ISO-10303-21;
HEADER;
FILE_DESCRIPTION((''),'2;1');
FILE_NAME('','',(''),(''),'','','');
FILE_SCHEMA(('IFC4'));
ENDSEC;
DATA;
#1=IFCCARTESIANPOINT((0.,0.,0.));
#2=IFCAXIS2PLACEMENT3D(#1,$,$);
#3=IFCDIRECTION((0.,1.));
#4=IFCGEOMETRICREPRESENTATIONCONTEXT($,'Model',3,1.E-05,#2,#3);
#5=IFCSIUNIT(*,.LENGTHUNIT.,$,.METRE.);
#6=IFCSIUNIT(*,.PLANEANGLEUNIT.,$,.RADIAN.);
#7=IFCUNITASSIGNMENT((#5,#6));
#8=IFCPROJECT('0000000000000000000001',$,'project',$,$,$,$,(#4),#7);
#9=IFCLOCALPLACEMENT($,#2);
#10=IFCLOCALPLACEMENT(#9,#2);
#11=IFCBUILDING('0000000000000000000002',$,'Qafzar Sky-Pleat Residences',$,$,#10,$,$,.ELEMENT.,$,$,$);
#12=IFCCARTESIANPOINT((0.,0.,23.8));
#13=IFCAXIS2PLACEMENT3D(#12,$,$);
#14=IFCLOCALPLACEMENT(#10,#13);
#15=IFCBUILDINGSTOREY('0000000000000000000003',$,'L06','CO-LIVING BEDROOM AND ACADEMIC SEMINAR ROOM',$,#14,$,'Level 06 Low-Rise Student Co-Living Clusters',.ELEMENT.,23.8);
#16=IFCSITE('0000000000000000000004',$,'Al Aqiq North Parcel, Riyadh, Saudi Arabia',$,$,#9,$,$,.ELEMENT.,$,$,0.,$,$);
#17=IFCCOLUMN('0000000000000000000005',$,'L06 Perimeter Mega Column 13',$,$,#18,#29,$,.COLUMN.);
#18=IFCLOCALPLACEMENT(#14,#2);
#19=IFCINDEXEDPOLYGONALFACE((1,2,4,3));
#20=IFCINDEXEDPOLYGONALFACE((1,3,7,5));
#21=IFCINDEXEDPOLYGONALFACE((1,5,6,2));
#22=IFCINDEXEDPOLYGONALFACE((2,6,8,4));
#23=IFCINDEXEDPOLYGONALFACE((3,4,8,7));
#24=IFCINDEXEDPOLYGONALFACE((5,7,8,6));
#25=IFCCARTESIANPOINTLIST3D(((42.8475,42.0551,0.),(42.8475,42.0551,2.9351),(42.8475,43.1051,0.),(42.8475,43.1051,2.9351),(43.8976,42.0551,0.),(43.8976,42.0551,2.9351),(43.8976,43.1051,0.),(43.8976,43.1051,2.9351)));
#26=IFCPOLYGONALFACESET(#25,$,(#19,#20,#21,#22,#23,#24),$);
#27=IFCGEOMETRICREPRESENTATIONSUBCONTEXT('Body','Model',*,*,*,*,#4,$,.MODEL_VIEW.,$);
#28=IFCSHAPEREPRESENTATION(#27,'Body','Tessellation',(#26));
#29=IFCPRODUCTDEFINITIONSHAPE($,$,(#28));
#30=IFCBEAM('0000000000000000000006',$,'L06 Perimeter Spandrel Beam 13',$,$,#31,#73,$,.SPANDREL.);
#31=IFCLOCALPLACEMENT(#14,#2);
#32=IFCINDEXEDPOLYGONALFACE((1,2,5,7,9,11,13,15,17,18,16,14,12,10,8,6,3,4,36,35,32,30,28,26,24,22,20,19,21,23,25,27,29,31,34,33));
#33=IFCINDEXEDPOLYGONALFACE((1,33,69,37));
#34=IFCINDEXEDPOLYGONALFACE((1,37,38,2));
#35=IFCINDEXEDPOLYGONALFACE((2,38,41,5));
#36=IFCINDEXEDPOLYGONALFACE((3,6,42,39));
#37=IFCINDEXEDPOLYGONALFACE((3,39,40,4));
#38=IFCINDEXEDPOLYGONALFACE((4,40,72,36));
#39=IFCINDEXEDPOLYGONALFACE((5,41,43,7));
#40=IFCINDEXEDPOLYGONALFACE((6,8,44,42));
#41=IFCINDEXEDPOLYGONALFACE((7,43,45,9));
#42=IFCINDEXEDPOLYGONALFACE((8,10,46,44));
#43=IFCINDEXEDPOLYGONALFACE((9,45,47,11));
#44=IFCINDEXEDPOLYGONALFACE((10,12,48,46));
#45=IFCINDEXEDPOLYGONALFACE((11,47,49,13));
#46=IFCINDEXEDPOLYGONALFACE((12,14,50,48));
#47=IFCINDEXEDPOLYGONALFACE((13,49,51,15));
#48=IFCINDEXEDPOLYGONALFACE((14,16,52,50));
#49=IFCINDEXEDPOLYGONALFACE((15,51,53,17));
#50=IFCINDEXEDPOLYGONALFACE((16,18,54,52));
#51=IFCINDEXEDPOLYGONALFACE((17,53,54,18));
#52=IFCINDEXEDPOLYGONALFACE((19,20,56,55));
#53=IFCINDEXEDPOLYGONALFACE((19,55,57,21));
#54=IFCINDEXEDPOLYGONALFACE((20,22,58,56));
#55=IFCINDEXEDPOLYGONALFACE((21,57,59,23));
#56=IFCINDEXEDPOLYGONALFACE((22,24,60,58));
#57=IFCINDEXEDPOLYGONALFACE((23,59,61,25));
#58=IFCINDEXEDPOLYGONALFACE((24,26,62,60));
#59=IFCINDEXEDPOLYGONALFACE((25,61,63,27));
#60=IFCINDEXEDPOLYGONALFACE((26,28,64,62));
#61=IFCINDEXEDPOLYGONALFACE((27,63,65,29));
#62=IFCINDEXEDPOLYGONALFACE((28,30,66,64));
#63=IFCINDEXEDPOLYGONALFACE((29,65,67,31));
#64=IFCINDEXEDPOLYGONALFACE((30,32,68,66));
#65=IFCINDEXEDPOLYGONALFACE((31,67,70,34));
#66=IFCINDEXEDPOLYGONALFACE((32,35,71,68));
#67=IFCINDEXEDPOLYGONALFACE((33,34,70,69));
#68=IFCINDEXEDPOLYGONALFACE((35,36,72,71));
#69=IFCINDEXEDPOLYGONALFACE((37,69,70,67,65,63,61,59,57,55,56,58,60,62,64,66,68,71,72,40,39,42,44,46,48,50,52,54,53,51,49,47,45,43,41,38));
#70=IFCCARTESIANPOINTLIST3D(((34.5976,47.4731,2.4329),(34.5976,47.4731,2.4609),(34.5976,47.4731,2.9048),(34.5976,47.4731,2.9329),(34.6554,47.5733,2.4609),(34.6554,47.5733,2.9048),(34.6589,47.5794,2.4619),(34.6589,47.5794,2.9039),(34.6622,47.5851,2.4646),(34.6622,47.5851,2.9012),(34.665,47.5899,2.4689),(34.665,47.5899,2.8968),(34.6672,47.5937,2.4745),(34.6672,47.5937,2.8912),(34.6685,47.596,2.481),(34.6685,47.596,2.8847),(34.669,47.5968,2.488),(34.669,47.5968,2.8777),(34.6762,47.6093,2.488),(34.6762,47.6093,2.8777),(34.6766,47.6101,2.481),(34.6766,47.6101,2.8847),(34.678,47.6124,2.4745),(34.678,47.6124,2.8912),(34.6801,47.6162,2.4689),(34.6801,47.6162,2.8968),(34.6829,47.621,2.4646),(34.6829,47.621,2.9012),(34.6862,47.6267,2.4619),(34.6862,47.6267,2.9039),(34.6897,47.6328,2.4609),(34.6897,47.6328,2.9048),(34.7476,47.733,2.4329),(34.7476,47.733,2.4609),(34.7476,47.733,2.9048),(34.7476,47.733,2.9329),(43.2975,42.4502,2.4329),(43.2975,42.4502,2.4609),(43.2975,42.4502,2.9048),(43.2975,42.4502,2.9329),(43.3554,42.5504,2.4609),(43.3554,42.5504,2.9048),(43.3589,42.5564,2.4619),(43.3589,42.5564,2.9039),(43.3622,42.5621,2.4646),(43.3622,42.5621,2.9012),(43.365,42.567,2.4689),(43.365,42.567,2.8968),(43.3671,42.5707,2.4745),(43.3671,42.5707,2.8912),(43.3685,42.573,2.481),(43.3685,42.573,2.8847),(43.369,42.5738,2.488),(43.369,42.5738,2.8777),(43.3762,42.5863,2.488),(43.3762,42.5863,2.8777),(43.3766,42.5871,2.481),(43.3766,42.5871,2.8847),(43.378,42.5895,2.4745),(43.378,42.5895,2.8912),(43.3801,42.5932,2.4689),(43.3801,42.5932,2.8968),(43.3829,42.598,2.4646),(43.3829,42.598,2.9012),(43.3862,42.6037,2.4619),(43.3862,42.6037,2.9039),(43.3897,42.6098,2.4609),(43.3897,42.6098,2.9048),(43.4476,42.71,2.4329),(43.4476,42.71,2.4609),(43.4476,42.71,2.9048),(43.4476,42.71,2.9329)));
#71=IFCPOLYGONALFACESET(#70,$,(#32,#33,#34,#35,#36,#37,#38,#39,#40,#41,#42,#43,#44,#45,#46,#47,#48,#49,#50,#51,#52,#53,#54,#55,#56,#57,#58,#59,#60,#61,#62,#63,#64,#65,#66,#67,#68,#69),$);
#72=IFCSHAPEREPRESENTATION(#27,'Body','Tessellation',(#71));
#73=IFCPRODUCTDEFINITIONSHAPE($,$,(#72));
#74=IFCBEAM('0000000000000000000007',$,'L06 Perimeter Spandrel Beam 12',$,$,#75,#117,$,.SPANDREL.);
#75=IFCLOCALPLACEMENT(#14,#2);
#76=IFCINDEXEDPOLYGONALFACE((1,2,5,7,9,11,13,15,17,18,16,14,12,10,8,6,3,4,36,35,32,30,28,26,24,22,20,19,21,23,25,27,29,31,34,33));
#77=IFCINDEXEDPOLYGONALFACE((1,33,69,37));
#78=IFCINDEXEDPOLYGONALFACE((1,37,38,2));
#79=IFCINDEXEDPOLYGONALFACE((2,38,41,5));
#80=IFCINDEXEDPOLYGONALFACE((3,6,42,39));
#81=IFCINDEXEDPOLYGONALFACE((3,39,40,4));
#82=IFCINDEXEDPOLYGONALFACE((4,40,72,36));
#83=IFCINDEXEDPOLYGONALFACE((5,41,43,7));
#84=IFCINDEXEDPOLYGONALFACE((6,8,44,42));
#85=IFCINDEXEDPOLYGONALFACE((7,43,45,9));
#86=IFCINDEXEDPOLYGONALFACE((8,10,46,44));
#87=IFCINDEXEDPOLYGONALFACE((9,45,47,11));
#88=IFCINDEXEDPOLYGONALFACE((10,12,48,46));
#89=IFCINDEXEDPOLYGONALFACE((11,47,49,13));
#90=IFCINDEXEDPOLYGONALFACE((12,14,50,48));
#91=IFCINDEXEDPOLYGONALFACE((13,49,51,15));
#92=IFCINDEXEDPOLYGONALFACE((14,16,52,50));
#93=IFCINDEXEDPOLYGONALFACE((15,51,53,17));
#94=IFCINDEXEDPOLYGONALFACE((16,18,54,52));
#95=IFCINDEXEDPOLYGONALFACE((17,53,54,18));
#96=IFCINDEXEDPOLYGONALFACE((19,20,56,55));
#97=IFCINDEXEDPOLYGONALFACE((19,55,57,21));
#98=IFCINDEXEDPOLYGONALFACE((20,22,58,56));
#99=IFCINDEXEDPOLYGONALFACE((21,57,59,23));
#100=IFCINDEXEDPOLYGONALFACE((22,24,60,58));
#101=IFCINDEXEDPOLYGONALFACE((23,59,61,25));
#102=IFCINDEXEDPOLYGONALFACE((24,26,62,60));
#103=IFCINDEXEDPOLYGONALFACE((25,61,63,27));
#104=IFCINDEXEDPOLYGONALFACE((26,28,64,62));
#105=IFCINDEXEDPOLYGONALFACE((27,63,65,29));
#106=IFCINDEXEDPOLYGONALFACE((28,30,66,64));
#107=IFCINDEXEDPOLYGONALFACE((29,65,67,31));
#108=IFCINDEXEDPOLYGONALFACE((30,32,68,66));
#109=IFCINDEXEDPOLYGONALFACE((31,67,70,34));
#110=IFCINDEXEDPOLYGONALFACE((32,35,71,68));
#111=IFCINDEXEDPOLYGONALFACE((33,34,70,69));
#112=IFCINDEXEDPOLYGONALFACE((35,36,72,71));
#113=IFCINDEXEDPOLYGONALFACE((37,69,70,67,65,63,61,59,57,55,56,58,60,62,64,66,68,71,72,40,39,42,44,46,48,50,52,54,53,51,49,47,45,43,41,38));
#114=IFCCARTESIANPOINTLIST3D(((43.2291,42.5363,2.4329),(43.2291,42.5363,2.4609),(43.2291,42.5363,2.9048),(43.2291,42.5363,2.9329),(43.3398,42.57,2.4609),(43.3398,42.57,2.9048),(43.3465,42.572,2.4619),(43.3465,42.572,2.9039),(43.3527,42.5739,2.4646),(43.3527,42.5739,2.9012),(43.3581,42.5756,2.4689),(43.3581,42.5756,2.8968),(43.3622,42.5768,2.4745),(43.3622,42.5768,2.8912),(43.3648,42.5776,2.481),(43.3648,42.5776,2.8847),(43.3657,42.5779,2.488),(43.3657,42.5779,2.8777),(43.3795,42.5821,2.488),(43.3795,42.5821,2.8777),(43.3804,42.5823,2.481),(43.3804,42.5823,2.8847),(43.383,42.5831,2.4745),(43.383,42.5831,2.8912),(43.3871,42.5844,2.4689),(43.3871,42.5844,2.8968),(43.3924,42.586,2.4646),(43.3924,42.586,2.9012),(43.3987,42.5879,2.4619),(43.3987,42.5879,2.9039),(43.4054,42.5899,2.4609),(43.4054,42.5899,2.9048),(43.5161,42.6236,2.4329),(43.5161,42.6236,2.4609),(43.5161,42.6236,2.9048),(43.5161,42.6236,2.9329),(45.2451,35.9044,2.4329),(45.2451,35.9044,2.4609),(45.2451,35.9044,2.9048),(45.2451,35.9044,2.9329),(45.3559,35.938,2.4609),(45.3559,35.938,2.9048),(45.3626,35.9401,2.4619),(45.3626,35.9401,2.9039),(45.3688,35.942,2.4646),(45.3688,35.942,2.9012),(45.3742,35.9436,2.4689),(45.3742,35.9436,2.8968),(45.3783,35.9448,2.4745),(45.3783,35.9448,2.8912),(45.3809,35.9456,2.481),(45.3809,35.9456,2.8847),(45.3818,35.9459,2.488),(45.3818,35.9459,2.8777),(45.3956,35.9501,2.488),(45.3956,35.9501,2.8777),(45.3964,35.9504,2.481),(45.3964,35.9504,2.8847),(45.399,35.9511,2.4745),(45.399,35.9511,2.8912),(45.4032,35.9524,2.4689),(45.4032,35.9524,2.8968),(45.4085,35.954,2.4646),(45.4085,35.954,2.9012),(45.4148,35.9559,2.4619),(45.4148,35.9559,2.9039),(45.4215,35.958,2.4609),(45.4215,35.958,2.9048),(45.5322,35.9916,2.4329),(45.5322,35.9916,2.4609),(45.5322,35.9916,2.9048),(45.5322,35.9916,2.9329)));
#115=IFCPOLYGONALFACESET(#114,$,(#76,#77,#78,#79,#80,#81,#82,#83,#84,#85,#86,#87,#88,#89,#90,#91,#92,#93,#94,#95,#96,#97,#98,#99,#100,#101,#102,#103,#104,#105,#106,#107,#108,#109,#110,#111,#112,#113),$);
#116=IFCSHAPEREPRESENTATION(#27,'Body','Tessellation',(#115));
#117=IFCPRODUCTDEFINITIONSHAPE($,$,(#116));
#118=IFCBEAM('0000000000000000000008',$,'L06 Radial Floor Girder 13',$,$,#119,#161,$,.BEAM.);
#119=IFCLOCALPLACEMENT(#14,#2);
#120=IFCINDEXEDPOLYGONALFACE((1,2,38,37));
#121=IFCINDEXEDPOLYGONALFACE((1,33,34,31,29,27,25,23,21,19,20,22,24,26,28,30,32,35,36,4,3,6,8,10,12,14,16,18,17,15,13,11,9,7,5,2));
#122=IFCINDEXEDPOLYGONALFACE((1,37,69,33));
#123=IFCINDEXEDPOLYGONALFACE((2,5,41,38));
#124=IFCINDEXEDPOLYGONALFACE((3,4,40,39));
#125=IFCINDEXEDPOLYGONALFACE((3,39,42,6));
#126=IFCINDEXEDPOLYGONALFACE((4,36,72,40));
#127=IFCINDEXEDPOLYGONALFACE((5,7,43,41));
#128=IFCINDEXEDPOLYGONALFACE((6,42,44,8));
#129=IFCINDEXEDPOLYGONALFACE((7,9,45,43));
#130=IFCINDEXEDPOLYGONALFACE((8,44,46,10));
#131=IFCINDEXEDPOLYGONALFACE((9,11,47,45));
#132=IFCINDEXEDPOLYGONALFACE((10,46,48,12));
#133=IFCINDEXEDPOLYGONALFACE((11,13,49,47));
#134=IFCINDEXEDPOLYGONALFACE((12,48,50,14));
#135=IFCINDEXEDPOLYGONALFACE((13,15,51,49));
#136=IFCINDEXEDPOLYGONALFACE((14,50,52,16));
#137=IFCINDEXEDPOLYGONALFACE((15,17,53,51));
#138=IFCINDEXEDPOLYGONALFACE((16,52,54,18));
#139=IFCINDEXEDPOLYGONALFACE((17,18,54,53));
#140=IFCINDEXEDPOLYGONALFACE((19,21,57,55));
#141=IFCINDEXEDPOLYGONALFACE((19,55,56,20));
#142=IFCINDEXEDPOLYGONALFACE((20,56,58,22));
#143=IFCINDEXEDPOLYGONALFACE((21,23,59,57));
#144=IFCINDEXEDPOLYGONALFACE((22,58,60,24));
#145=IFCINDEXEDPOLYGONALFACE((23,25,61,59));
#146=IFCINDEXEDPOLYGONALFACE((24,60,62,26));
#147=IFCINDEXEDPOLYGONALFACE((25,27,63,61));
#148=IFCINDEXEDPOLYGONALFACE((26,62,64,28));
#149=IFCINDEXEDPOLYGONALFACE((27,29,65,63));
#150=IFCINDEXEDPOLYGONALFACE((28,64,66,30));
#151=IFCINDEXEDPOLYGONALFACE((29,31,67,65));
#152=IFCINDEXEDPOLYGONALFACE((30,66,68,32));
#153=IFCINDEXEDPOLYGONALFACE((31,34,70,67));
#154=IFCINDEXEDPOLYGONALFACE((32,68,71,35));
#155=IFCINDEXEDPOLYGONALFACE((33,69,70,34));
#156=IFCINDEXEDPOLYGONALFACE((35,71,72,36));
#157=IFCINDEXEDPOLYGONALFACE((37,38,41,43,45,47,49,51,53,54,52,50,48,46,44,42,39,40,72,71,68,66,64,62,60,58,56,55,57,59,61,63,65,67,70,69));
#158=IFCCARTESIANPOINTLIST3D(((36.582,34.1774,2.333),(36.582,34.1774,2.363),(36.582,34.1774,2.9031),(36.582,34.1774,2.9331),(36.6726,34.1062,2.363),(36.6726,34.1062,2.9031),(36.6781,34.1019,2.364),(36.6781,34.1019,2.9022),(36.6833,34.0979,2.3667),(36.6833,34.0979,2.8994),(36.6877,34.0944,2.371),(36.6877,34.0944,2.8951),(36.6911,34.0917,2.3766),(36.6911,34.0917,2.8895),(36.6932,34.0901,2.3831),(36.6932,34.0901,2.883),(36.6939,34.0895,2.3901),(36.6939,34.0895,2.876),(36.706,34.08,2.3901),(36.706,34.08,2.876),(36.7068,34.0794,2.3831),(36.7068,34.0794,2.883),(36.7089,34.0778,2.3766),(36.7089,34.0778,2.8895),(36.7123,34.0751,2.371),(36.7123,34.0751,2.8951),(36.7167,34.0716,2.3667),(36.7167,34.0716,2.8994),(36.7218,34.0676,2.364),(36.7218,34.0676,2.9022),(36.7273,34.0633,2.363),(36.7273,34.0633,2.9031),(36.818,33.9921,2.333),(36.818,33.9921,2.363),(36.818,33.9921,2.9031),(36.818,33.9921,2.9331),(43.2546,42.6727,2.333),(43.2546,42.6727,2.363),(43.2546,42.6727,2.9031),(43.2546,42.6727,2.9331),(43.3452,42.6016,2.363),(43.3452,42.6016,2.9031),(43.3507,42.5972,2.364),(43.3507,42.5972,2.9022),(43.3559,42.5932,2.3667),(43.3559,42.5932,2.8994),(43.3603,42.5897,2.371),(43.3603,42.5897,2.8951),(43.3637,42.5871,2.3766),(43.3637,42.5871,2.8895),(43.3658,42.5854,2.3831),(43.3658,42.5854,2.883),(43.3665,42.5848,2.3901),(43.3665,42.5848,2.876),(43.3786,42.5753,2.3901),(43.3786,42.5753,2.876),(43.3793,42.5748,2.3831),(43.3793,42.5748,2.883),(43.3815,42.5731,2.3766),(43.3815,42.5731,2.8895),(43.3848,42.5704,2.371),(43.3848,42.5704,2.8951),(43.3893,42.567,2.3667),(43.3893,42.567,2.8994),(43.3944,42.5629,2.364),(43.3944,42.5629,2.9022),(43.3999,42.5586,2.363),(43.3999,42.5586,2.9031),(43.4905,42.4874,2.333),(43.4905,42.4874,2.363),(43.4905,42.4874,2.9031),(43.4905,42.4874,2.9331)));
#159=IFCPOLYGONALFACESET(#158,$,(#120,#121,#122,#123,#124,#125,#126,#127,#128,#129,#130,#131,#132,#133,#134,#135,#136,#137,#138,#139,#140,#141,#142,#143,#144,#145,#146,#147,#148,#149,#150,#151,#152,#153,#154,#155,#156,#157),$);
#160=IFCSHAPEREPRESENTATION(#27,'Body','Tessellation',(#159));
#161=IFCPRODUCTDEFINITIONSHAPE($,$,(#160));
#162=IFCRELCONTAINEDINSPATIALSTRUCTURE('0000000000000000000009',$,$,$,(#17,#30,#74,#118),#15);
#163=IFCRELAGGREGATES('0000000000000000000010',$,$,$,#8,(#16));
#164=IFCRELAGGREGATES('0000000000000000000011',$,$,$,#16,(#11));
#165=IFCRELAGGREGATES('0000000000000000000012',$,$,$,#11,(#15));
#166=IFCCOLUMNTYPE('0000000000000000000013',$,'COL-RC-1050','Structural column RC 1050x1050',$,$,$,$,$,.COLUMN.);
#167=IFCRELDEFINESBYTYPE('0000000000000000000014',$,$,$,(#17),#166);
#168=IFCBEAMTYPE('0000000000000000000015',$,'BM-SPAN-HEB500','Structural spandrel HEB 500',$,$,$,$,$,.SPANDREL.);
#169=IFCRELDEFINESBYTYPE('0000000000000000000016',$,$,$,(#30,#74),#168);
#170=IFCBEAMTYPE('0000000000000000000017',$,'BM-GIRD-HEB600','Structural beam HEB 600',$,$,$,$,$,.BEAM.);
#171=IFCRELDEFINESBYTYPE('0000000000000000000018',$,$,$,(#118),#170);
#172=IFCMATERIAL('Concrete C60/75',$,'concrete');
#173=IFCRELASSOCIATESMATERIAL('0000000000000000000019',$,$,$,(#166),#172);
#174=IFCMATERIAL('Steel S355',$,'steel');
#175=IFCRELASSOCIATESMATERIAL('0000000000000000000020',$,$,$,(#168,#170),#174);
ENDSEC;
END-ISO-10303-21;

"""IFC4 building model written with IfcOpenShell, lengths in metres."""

from ifc_helpers import new_model, si_unit, direction, frame, origin, origin_2d, place, context, subcontext, project, spatial, rectangle, i_section, extrude, source, transform, mapped, material, material_profile, profile_set, type_object, element, save


model = new_model("IFC4")

# Units and contexts
model_context = context("Model", 3, precision=1e-05, world=origin(), true_north=direction((0.0, 1.0)))
body_context = subcontext(model_context, "Body", "Model", "MODEL_VIEW")
ifc_project = project(units=[si_unit("LENGTHUNIT", "METRE"), si_unit("PLANEANGLEUNIT", "RADIAN")], contexts=[model_context])

# Site, building, storey
site_placement = place(None, origin())
site = spatial("IfcSite", under=ifc_project, at=site_placement, Name="Al Aqiq North Parcel, Riyadh, Saudi Arabia", CompositionType="ELEMENT", RefElevation=0.0)
building_placement = place(site_placement, origin())
building = spatial("IfcBuilding", under=site, at=building_placement, Name="Qafzar Sky-Pleat Residences", CompositionType="ELEMENT")
storey_placement = place(building_placement, frame((0.0, 0.0, 23.8)))
storey = spatial("IfcBuildingStorey", under=building, at=storey_placement, Name="L06", Description="CO-LIVING BEDROOM AND ACADEMIC SEMINAR ROOM", LongName="Level 06 Low-Rise Student Co-Living Clusters", CompositionType="ELEMENT", Elevation=23.8)

# Column
ifc_material_1 = material(Name="Concrete C60/75", Category="concrete")
ifc_material_profile_1 = material_profile(ifc_material_1, rectangle(XDim=1.05, YDim=1.05, at=origin_2d()), Name="RC 1050x1050")
ifc_profile_set_1 = profile_set([ifc_material_profile_1], Name="Concrete C60/75")
column_type = type_object("IfcColumnType", Name="COL-RC-1050", Description="Structural column RC 1050x1050", PredefinedType="COLUMN", material=ifc_profile_set_1)
shared_shape_1 = source(origin(), body_context, "Body", "SweptSolid", [
    extrude(rectangle(XDim=1.05, YDim=1.05, at=origin_2d()), origin(), (0.0, 0.0, 1.0), 2.9351),
])
column_placement = place(storey_placement, frame((43.3726, 42.5801, 0.0), z_axis=(0.0, 0.0, 1.0), x_axis=(1.0, 0.0, 0.0)))
element("IfcColumn", 1, at=column_placement, inside=storey, type_object=column_type, Name="L06 Perimeter Mega Column 13", PredefinedType="COLUMN", context=body_context, shape_type="MappedRepresentation", body=[
    mapped(shared_shape_1, transform((0.0, 0.0, 0.0), x_axis=(1.0, 0.0, 0.0), y_axis=(0.0, 1.0, 0.0), z_axis=(0.0, 0.0, 1.0), scale=1.0)),
])

# Beams
ifc_material_2 = material(Name="Steel S355", Category="steel")
ifc_material_profile_2 = material_profile(ifc_material_2, i_section(OverallWidth=0.3, OverallDepth=0.5, WebThickness=0.0144, FlangeThickness=0.0281, FilletRadius=0.0271, at=origin_2d()), Name="HEB 500")
ifc_profile_set_2 = profile_set([ifc_material_profile_2], Name="Steel S355")
beam_type_1 = type_object("IfcBeamType", Name="BM-SPAN-HEB500", Description="Structural spandrel HEB 500", PredefinedType="SPANDREL", material=ifc_profile_set_2)
shared_shape_2 = source(origin(), body_context, "Body", "SweptSolid", [
    extrude(i_section(OverallWidth=0.3, OverallDepth=0.5, WebThickness=0.0144, FlangeThickness=0.0281, FilletRadius=0.0271, at=origin_2d()), origin(), (0.0, 0.0, 1.0), 10.0459),
])
beam_1_placement = place(storey_placement, frame((43.3726, 42.5801, 2.6829), z_axis=(-0.866024, 0.500002, 0.0), x_axis=(-0.500002, -0.866024, 0.0)))
element("IfcBeam", 2, at=beam_1_placement, inside=storey, type_object=beam_type_1, Name="L06 Perimeter Spandrel Beam 13", PredefinedType="SPANDREL", context=body_context, shape_type="MappedRepresentation", body=[
    mapped(shared_shape_2, transform((0.0, 0.0, 0.0), x_axis=(1.0, 0.0, 0.0), y_axis=(0.0, 1.0, 0.0), z_axis=(0.0, 0.0, 1.0), scale=1.0)),
])
shared_shape_3 = source(origin(), body_context, "Body", "SweptSolid", [
    extrude(i_section(OverallWidth=0.3, OverallDepth=0.5, WebThickness=0.0144, FlangeThickness=0.0281, FilletRadius=0.0271, at=origin_2d()), origin(), (0.0, 0.0, 1.0), 6.9316),
])
beam_2_placement = place(storey_placement, frame((45.3887, 35.948, 2.6829), z_axis=(-0.290852, 0.956768, 0.0), x_axis=(-0.956768, -0.290852, 0.0)))
element("IfcBeam", 3, at=beam_2_placement, inside=storey, type_object=beam_type_1, Name="L06 Perimeter Spandrel Beam 12", PredefinedType="SPANDREL", context=body_context, shape_type="MappedRepresentation", body=[
    mapped(shared_shape_3, transform((0.0, 0.0, 0.0), x_axis=(1.0, 0.0, 0.0), y_axis=(0.0, 1.0, 0.0), z_axis=(0.0, 0.0, 1.0), scale=1.0)),
])
ifc_material_profile_3 = material_profile(ifc_material_2, i_section(OverallWidth=0.3, OverallDepth=0.6001, WebThickness=0.0154, FlangeThickness=0.03, FilletRadius=0.0271, at=origin_2d()), Name="HEB 600")
ifc_profile_set_3 = profile_set([ifc_material_profile_3], Name="Steel S355")
beam_type_2 = type_object("IfcBeamType", Name="BM-GIRD-HEB600", Description="Structural beam HEB 600", PredefinedType="BEAM", material=ifc_profile_set_3)
shared_shape_4 = source(origin(), body_context, "Body", "SweptSolid", [
    extrude(i_section(OverallWidth=0.3, OverallDepth=0.6001, WebThickness=0.0154, FlangeThickness=0.03, FilletRadius=0.0271, at=origin_2d()), origin(), (0.0, 0.0, 1.0), 10.8025),
])
beam_3_placement = place(storey_placement, frame((43.3726, 42.5801, 2.6331), z_axis=(-0.617689, -0.786423, 0.0), x_axis=(0.786423, -0.617689, 0.0)))
element("IfcBeam", 4, at=beam_3_placement, inside=storey, type_object=beam_type_2, Name="L06 Radial Floor Girder 13", PredefinedType="BEAM", context=body_context, shape_type="MappedRepresentation", body=[
    mapped(shared_shape_4, transform((0.0, 0.0, 0.0), x_axis=(1.0, 0.0, 0.0), y_axis=(0.0, 1.0, 0.0), z_axis=(0.0, 0.0, 1.0), scale=1.0)),
])

save(model, "model.ifc")
